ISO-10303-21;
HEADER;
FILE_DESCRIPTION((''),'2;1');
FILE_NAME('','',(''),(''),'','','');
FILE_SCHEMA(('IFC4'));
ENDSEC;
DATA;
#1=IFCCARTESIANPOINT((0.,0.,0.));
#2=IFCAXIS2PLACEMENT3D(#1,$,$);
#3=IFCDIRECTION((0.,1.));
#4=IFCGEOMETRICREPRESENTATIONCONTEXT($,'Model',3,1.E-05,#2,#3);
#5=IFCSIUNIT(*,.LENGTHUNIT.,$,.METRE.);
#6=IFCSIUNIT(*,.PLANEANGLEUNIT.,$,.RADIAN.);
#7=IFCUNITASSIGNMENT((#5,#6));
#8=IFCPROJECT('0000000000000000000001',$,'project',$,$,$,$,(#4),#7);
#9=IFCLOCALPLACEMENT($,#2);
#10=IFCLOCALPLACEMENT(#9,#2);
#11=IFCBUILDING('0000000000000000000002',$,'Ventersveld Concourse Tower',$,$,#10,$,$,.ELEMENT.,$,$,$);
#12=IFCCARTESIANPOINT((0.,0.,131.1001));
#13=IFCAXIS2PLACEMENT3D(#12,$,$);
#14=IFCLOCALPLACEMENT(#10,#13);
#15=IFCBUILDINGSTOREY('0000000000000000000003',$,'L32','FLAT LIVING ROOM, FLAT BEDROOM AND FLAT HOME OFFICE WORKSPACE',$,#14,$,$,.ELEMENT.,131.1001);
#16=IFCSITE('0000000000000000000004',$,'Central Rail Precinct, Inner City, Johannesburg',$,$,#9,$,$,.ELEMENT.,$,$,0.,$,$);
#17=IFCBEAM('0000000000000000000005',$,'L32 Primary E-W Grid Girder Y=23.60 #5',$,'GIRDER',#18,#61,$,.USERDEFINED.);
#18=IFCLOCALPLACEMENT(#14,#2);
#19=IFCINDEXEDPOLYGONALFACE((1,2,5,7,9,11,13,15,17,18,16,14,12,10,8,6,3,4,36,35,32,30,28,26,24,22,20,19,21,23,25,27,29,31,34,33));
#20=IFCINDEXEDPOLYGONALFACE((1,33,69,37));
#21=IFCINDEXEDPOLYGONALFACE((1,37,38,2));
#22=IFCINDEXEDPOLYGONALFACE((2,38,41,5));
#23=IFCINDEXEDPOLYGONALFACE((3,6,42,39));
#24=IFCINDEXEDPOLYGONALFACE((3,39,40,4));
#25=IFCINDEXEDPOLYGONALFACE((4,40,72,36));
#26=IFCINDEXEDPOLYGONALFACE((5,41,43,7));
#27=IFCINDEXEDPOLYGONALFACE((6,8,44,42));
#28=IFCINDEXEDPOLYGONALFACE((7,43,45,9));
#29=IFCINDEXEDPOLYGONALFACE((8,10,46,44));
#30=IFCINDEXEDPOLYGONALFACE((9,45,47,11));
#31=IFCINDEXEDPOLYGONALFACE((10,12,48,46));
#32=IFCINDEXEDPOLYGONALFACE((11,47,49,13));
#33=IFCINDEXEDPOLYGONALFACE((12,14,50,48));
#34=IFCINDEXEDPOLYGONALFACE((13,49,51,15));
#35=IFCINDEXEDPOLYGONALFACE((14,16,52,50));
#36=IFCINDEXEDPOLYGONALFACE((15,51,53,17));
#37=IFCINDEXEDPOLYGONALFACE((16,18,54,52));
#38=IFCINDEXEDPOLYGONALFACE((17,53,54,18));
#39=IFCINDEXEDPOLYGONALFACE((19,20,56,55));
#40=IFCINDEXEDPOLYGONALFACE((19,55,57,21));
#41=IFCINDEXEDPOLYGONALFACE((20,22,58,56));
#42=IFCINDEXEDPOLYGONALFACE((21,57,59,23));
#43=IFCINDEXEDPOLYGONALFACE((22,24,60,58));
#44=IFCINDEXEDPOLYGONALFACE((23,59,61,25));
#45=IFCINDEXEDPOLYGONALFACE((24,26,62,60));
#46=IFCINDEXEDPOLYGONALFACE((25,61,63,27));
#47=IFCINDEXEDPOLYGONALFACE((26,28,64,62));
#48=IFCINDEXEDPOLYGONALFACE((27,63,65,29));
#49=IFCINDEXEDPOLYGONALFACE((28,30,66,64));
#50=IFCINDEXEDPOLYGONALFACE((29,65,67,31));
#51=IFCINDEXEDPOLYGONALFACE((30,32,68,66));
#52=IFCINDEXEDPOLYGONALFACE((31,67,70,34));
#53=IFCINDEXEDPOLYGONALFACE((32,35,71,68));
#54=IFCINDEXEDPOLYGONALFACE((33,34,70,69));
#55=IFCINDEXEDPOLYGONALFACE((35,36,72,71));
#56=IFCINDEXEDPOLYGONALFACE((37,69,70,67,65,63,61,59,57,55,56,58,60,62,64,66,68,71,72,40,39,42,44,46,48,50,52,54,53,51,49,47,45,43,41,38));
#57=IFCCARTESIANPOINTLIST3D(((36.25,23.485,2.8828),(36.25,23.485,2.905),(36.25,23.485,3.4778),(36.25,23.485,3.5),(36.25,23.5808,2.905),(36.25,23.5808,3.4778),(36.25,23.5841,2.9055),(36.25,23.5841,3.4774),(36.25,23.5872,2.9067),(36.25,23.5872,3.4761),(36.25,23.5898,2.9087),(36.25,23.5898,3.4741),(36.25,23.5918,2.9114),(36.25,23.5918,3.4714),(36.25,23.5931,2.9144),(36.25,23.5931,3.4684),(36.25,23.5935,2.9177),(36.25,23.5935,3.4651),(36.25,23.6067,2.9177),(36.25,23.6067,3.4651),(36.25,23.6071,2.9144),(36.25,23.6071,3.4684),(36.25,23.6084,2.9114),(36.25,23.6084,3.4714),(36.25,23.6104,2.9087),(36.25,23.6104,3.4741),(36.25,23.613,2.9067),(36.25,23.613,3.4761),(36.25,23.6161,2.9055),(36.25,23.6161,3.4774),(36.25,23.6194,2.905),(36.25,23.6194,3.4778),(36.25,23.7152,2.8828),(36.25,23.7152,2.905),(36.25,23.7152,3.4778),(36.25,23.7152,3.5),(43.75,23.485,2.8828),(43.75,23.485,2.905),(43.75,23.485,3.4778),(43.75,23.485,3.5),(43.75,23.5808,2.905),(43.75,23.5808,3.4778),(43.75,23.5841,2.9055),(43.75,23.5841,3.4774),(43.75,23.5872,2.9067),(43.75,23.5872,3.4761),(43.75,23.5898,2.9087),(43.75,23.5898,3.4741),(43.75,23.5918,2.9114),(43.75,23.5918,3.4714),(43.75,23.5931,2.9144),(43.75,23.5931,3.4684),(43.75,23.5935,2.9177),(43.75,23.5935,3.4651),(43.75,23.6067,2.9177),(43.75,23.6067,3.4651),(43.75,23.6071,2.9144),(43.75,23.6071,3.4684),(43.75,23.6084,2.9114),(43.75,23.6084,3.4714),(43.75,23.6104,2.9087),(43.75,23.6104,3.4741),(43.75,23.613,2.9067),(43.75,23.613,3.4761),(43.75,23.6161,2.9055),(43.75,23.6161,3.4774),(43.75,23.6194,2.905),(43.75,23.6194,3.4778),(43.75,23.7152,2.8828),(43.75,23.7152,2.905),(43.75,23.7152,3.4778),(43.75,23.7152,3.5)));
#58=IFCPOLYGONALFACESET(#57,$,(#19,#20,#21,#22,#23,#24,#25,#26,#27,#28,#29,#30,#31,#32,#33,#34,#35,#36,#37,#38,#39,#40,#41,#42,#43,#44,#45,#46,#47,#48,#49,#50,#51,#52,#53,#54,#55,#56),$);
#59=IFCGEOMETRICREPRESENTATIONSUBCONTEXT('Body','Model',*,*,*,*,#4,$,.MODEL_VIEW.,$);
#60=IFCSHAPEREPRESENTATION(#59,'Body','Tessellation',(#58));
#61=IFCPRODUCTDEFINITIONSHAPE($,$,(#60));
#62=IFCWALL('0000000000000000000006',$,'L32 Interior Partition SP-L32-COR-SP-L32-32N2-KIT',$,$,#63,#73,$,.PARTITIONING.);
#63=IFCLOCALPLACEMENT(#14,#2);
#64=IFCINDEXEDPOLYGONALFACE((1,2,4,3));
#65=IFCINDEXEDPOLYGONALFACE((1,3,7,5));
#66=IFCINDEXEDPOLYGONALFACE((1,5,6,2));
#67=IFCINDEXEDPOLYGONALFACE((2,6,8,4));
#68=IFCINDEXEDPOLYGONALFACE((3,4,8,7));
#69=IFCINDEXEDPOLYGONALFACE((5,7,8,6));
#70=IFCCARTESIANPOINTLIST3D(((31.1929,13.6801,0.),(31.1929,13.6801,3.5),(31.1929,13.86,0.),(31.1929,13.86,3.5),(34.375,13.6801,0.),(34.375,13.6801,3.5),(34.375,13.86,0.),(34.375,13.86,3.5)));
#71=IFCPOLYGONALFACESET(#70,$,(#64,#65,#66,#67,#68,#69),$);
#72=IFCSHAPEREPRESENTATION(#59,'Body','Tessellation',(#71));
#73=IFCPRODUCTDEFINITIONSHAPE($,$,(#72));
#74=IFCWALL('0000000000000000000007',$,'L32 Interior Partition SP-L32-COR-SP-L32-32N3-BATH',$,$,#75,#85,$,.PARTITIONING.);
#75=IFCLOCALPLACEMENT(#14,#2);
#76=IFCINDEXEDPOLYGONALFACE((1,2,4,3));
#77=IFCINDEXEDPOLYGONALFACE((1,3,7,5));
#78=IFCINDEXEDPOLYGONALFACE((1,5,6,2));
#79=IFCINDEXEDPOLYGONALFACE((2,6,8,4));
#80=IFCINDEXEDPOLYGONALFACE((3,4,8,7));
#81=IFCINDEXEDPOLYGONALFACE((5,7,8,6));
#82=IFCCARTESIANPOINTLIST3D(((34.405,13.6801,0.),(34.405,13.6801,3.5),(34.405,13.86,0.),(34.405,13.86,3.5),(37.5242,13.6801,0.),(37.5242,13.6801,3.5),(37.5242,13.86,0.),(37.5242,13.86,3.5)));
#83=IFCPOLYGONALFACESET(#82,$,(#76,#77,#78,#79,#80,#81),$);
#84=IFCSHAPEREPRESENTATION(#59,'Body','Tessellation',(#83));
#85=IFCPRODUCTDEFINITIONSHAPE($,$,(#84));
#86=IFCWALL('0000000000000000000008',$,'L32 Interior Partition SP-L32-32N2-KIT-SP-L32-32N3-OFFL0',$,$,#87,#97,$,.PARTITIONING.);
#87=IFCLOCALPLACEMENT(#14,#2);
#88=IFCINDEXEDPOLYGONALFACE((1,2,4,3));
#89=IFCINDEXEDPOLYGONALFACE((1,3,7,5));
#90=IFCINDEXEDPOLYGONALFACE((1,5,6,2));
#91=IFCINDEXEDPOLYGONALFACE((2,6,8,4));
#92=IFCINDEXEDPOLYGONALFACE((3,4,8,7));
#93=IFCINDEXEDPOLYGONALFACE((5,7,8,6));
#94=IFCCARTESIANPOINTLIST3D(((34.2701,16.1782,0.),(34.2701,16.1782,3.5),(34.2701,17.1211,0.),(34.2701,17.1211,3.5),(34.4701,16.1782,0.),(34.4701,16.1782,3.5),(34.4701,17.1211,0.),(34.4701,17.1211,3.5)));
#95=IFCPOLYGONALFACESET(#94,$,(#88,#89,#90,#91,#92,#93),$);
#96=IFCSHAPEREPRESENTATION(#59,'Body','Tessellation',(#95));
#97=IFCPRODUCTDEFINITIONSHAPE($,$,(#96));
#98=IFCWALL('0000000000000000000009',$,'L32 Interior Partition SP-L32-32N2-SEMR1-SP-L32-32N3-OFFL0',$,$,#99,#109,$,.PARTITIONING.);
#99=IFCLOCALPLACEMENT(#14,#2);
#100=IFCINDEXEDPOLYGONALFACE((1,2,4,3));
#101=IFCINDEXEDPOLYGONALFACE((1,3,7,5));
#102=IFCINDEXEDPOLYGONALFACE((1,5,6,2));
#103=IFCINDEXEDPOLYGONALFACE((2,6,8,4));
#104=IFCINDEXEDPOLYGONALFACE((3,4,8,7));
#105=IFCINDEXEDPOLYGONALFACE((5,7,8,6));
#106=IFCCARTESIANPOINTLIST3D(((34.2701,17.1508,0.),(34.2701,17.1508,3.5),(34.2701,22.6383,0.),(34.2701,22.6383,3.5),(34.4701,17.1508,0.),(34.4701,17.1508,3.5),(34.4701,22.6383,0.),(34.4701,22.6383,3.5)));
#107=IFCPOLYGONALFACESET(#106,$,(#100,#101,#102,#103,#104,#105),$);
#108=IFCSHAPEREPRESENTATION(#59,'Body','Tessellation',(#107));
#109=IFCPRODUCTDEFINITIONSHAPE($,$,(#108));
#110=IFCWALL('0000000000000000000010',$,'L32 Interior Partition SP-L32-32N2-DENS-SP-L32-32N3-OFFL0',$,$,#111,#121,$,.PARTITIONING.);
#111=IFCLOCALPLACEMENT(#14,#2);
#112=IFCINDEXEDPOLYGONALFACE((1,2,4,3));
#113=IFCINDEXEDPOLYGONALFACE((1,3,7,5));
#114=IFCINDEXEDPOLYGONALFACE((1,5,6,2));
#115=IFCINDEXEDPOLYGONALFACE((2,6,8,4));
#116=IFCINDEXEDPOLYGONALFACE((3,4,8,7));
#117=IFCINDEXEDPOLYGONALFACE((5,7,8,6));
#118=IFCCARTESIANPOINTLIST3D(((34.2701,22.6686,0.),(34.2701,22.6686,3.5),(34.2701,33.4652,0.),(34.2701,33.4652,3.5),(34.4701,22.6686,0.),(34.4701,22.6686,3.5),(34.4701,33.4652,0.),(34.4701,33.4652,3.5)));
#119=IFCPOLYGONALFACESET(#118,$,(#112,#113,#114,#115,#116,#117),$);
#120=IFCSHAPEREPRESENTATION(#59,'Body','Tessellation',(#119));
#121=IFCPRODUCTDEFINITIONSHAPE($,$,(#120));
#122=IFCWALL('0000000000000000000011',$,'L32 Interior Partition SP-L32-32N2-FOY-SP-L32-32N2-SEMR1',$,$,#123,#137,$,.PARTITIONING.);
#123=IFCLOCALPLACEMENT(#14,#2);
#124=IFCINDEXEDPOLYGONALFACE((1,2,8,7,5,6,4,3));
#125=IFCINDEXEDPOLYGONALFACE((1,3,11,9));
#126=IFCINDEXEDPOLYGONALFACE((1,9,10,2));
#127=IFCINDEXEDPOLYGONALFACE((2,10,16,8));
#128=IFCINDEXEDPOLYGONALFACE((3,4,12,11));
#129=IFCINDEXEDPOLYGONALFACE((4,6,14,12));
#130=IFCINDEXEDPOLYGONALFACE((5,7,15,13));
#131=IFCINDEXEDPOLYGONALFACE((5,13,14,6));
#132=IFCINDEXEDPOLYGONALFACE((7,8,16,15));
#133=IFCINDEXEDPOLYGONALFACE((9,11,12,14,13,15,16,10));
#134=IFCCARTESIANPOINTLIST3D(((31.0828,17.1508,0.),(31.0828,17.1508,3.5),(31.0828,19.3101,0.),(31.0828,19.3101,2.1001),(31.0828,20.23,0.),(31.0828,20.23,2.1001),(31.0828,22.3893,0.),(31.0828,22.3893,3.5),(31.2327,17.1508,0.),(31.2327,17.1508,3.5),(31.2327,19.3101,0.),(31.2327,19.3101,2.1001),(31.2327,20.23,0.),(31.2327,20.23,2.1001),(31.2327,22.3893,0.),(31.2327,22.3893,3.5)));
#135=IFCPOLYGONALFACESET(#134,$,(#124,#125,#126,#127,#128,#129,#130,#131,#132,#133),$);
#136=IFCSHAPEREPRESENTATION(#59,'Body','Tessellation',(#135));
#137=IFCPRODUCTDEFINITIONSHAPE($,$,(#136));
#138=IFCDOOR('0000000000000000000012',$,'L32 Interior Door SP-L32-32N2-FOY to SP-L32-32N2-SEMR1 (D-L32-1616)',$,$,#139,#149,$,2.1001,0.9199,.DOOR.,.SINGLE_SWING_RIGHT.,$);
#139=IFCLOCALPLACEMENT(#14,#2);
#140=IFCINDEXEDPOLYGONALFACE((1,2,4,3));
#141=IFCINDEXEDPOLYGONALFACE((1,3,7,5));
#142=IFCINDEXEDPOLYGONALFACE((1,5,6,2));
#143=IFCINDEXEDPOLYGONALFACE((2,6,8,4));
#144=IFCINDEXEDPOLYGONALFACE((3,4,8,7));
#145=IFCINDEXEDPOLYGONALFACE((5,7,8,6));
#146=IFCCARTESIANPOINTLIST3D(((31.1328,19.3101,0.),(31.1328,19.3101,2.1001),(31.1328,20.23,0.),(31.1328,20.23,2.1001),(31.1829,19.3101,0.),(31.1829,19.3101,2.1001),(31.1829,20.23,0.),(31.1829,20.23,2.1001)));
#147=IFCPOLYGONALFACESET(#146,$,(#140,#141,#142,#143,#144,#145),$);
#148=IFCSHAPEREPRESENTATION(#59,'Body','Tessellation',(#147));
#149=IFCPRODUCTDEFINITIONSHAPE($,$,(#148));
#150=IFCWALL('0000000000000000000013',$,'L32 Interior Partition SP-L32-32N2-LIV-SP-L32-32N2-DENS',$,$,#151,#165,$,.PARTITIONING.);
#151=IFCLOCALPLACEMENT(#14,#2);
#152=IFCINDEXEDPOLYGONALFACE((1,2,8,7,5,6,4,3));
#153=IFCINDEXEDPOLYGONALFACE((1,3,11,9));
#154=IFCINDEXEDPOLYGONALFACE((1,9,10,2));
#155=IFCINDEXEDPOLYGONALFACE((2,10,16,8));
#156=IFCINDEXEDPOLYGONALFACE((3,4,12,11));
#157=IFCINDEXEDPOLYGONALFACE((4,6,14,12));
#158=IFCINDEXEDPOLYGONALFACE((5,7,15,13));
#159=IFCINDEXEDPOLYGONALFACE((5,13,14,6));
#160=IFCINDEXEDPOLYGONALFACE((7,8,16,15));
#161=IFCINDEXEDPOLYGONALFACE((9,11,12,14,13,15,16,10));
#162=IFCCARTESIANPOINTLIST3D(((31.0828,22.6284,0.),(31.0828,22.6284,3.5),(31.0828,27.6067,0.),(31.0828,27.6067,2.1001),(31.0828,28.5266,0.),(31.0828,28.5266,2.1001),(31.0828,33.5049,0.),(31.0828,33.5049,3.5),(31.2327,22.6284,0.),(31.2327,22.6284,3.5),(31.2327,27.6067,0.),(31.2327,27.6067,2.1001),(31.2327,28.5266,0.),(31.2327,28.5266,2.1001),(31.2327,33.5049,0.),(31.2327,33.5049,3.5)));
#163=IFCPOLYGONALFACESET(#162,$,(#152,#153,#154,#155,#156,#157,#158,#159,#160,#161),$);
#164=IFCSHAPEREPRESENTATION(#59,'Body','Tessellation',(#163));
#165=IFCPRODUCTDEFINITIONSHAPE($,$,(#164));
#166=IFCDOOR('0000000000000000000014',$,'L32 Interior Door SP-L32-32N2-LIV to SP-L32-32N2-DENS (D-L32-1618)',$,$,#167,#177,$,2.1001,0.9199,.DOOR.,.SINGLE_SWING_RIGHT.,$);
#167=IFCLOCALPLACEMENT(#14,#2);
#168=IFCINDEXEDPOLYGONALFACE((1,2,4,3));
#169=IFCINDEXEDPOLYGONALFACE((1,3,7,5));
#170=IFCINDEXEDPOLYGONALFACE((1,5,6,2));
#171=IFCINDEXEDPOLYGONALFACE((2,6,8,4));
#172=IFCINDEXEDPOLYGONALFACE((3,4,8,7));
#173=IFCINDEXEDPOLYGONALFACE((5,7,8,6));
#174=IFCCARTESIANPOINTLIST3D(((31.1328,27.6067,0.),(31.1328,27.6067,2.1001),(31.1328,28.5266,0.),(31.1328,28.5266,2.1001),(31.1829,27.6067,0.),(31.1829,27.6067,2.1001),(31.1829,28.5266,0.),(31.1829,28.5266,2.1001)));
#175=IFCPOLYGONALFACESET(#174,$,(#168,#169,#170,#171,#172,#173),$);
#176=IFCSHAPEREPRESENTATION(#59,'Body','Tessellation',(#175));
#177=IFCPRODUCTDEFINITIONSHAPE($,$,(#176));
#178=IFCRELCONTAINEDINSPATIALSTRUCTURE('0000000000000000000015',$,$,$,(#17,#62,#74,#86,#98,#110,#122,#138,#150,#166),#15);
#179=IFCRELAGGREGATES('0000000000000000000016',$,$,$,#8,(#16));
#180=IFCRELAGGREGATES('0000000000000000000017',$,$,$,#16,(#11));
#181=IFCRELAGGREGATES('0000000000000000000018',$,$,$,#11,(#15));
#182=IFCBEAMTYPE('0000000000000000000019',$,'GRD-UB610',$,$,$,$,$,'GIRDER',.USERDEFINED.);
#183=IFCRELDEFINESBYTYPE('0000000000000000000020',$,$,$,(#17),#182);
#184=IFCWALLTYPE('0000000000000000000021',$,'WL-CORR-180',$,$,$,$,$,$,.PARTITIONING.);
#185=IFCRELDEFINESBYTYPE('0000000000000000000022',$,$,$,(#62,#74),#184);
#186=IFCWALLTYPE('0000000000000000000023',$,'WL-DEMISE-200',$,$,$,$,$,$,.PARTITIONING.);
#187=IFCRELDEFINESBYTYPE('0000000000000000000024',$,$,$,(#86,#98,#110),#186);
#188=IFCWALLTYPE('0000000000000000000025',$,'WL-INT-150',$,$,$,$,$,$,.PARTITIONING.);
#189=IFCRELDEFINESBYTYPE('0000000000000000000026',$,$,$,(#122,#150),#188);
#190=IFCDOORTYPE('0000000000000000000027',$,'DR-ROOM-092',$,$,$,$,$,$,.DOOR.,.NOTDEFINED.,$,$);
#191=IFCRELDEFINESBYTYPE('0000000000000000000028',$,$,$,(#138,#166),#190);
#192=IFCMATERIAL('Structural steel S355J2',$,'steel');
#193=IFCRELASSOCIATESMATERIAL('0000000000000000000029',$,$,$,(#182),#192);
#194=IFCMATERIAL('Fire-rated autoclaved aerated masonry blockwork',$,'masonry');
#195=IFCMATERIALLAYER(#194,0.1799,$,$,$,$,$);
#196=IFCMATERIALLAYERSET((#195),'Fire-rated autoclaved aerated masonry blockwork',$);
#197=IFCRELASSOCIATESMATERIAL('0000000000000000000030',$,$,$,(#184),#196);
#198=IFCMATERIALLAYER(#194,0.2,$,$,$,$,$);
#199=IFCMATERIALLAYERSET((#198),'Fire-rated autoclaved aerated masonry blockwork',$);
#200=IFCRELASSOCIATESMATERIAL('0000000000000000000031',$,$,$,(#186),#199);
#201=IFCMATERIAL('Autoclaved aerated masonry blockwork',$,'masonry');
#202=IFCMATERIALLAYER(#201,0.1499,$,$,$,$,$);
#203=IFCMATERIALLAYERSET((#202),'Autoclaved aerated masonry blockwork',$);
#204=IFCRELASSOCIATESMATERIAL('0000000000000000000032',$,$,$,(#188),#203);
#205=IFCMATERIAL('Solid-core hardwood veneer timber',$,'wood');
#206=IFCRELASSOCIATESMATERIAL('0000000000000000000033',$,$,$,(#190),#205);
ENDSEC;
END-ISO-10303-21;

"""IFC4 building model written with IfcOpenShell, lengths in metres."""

from ifc_helpers import new_model, si_unit, direction, frame, frame_2d, origin, origin_2d, place, context, subcontext, project, spatial, rectangle, i_section, extrude, material, layer, layer_set, material_profile, profile_set, type_object, element, fill, save


model = new_model("IFC4")

# Units and contexts
model_context = context("Model", 3, precision=1e-05, world=origin(), true_north=direction((0.0, 1.0)))
body_context = subcontext(model_context, "Body", "Model", "MODEL_VIEW")
ifc_project = project(units=[si_unit("LENGTHUNIT", "METRE"), si_unit("PLANEANGLEUNIT", "RADIAN")], contexts=[model_context])

# Site, building, storey
site_placement = place(None, origin())
site = spatial("IfcSite", under=ifc_project, at=site_placement, Name="Central Rail Precinct, Inner City, Johannesburg", CompositionType="ELEMENT", RefElevation=0.0)
building_placement = place(site_placement, origin())
building = spatial("IfcBuilding", under=site, at=building_placement, Name="Ventersveld Concourse Tower", CompositionType="ELEMENT")
storey_placement = place(building_placement, frame((0.0, 0.0, 131.1001)))
storey = spatial("IfcBuildingStorey", under=building, at=storey_placement, Name="L32", Description="FLAT LIVING ROOM, FLAT BEDROOM AND FLAT HOME OFFICE WORKSPACE", CompositionType="ELEMENT", Elevation=131.1001)

# Beam
ifc_material_1 = material(Name="Structural steel S355J2", Category="steel")
ifc_material_profile_1 = material_profile(ifc_material_1, i_section(OverallWidth=0.2302, OverallDepth=0.6172, WebThickness=0.0132, FlangeThickness=0.0222, FilletRadius=0.0127, at=origin_2d()), Name="UB 610x229x140")
ifc_profile_set_1 = profile_set([ifc_material_profile_1], Name="Structural steel S355J2")
beam_type_1 = type_object("IfcBeamType", Name="GRD-UB610", ElementType="GIRDER", PredefinedType="USERDEFINED", material=ifc_profile_set_1)
for number, where, z_axis, x_axis, name in (
    (1, (36.25, 23.6001, 3.1914), (1.0, 0.0, 0.0), (0.0, 1.0, 0.0), "L32 Primary E-W Grid Girder Y=23.60 #5"),
):
    element("IfcBeam", number, at=place(storey_placement, frame(where, z_axis=z_axis, x_axis=x_axis)), inside=storey, type_object=beam_type_1, Name=name, ObjectType="GIRDER", PredefinedType="USERDEFINED", context=body_context, shape_type="SweptSolid", body=[
        extrude(i_section(OverallWidth=0.2302, OverallDepth=0.6172, WebThickness=0.0132, FlangeThickness=0.0222, FilletRadius=0.0127, at=origin_2d()), origin(), (0.0, 0.0, 1.0), 7.5),
    ])

# Wall
ifc_material_2 = material(Name="Fire-rated autoclaved aerated masonry blockwork", Category="masonry")
ifc_layer_1 = layer(ifc_material_2, 0.1799)
ifc_layer_set_1 = layer_set([ifc_layer_1], Name="Fire-rated autoclaved aerated masonry blockwork")
wall_type_1 = type_object("IfcWallType", Name="WL-CORR-180", PredefinedType="PARTITIONING", material=ifc_layer_set_1)
wall_1_placement = place(storey_placement, frame((31.1929, 13.77, 0.0), z_axis=(0.0, 0.0, 1.0), x_axis=(1.0, 0.0, 0.0)))
element("IfcWall", 2, at=wall_1_placement, inside=storey, type_object=wall_type_1, Name="L32 Interior Partition SP-L32-COR-SP-L32-32N2-KIT", PredefinedType="PARTITIONING", context=body_context, shape_type="SweptSolid", body=[
    extrude(rectangle(XDim=3.1821, YDim=0.1799, at=frame_2d((1.5911, 0.0))), origin(), (0.0, 0.0, 1.0), 3.5),
])

# Shared definitions
ifc_material_3 = material(Name="Solid-core hardwood veneer timber", Category="wood")

# Walls
wall_2_placement = place(storey_placement, frame((34.405, 13.77, 0.0), z_axis=(0.0, 0.0, 1.0), x_axis=(1.0, 0.0, 0.0)))
element("IfcWall", 3, at=wall_2_placement, inside=storey, type_object=wall_type_1, Name="L32 Interior Partition SP-L32-COR-SP-L32-32N3-BATH", PredefinedType="PARTITIONING", context=body_context, shape_type="SweptSolid", body=[
    extrude(rectangle(XDim=3.1191, YDim=0.1799, at=frame_2d((1.5596, 0.0))), origin(), (0.0, 0.0, 1.0), 3.5),
])
ifc_layer_2 = layer(ifc_material_2, 0.2)
ifc_layer_set_2 = layer_set([ifc_layer_2], Name="Fire-rated autoclaved aerated masonry blockwork")
wall_type_2 = type_object("IfcWallType", Name="WL-DEMISE-200", PredefinedType="PARTITIONING", material=ifc_layer_set_2)
wall_3_placement = place(storey_placement, frame((34.3701, 16.1782, 0.0), z_axis=(0.0, 0.0, 1.0), x_axis=(0.0, 1.0, 0.0)))
element("IfcWall", 4, at=wall_3_placement, inside=storey, type_object=wall_type_2, Name="L32 Interior Partition SP-L32-32N2-KIT-SP-L32-32N3-OFFL0", PredefinedType="PARTITIONING", context=body_context, shape_type="SweptSolid", body=[
    extrude(rectangle(XDim=0.9429, YDim=0.2, at=frame_2d((0.4714, 0.0))), origin(), (0.0, 0.0, 1.0), 3.5),
])
wall_4_placement = place(storey_placement, frame((34.3701, 17.1509, 0.0), z_axis=(0.0, 0.0, 1.0), x_axis=(0.0, 1.0, 0.0)))
element("IfcWall", 5, at=wall_4_placement, inside=storey, type_object=wall_type_2, Name="L32 Interior Partition SP-L32-32N2-SEMR1-SP-L32-32N3-OFFL0", PredefinedType="PARTITIONING", context=body_context, shape_type="SweptSolid", body=[
    extrude(rectangle(XDim=5.4875, YDim=0.2, at=frame_2d((2.7437, 0.0))), origin(), (0.0, 0.0, 1.0), 3.5),
])
wall_5_placement = place(storey_placement, frame((34.3701, 22.6685, 0.0), z_axis=(0.0, 0.0, 1.0), x_axis=(0.0, 1.0, 0.0)))
element("IfcWall", 6, at=wall_5_placement, inside=storey, type_object=wall_type_2, Name="L32 Interior Partition SP-L32-32N2-DENS-SP-L32-32N3-OFFL0", PredefinedType="PARTITIONING", context=body_context, shape_type="SweptSolid", body=[
    extrude(rectangle(XDim=10.7966, YDim=0.2, at=frame_2d((5.3984, 0.0))), origin(), (0.0, 0.0, 1.0), 3.5),
])

# Walls, openings, doors
ifc_material_4 = material(Name="Autoclaved aerated masonry blockwork", Category="masonry")
ifc_layer_3 = layer(ifc_material_4, 0.1499)
ifc_layer_set_3 = layer_set([ifc_layer_3], Name="Autoclaved aerated masonry blockwork")
wall_type_3 = type_object("IfcWallType", Name="WL-INT-150", PredefinedType="PARTITIONING", material=ifc_layer_set_3)
wall_6_placement = place(storey_placement, frame((31.1577, 17.1509, 0.0), z_axis=(0.0, 0.0, 1.0), x_axis=(0.0, 1.0, 0.0)))
wall_6 = element("IfcWall", 7, at=wall_6_placement, inside=storey, type_object=wall_type_3, Name="L32 Interior Partition SP-L32-32N2-FOY-SP-L32-32N2-SEMR1", PredefinedType="PARTITIONING", context=body_context, shape_type="SweptSolid", body=[
    extrude(rectangle(XDim=5.2385, YDim=0.1499, at=frame_2d((2.6191, 0.0))), origin(), (0.0, 0.0, 1.0), 3.5),
])
opening_1_placement = place(wall_6_placement, frame((2.1592, 0.0, 0.0)))
opening_1 = element("IfcOpeningElement", 8, at=opening_1_placement, cuts=wall_6, PredefinedType="OPENING", context=body_context, shape_type="SweptSolid", body=[
    extrude(rectangle(XDim=0.9199, YDim=2.1001, at=frame_2d((0.46, 1.05))), frame((0.0, 0.085, 0.0), z_axis=(0.0, -1.0, 0.0), x_axis=(1.0, 0.0, 0.0)), (0.0, 0.0, 1.0), 0.1699),
])
door_type_1 = type_object("IfcDoorType", Name="DR-ROOM-092", OperationType="NOTDEFINED", PredefinedType="DOOR", material=ifc_material_3)
door_1_placement = place(opening_1_placement, origin())
door_1 = element("IfcDoor", 9, at=door_1_placement, inside=storey, type_object=door_type_1, Name="L32 Interior Door SP-L32-32N2-FOY to SP-L32-32N2-SEMR1 (D-L32-1616)", OperationType="SINGLE_SWING_RIGHT", OverallHeight=2.1001, OverallWidth=0.9199, PredefinedType="DOOR", context=body_context, shape_type="SweptSolid", body=[
    extrude(rectangle(XDim=0.9199, YDim=2.1001, at=frame_2d((0.46, 1.05))), frame((0.0, 0.0249, 0.0), z_axis=(0.0, -1.0, 0.0), x_axis=(1.0, 0.0, 0.0)), (0.0, 0.0, 1.0), 0.05),
])
fill(opening_1, door_1)
wall_7_placement = place(storey_placement, frame((31.1577, 22.6284, 0.0), z_axis=(0.0, 0.0, 1.0), x_axis=(0.0, 1.0, 0.0)))
wall_7 = element("IfcWall", 10, at=wall_7_placement, inside=storey, type_object=wall_type_3, Name="L32 Interior Partition SP-L32-32N2-LIV-SP-L32-32N2-DENS", PredefinedType="PARTITIONING", context=body_context, shape_type="SweptSolid", body=[
    extrude(rectangle(XDim=10.8765, YDim=0.1499, at=frame_2d((5.4382, 0.0))), origin(), (0.0, 0.0, 1.0), 3.5),
])
opening_2_placement = place(wall_7_placement, frame((4.9783, 0.0, 0.0)))
opening_2 = element("IfcOpeningElement", 11, at=opening_2_placement, cuts=wall_7, PredefinedType="OPENING", context=body_context, shape_type="SweptSolid", body=[
    extrude(rectangle(XDim=0.9199, YDim=2.1001, at=frame_2d((0.46, 1.05))), frame((0.0, 0.085, 0.0), z_axis=(0.0, -1.0, 0.0), x_axis=(1.0, 0.0, 0.0)), (0.0, 0.0, 1.0), 0.1699),
])
door_2_placement = place(opening_2_placement, origin())
door_2 = element("IfcDoor", 12, at=door_2_placement, inside=storey, type_object=door_type_1, Name="L32 Interior Door SP-L32-32N2-LIV to SP-L32-32N2-DENS (D-L32-1618)", OperationType="SINGLE_SWING_RIGHT", OverallHeight=2.1001, OverallWidth=0.9199, PredefinedType="DOOR", context=body_context, shape_type="SweptSolid", body=[
    extrude(rectangle(XDim=0.9199, YDim=2.1001, at=frame_2d((0.46, 1.05))), frame((0.0, 0.0249, 0.0), z_axis=(0.0, -1.0, 0.0), x_axis=(1.0, 0.0, 0.0)), (0.0, 0.0, 1.0), 0.05),
])
fill(opening_2, door_2)

save(model, "model.ifc")
